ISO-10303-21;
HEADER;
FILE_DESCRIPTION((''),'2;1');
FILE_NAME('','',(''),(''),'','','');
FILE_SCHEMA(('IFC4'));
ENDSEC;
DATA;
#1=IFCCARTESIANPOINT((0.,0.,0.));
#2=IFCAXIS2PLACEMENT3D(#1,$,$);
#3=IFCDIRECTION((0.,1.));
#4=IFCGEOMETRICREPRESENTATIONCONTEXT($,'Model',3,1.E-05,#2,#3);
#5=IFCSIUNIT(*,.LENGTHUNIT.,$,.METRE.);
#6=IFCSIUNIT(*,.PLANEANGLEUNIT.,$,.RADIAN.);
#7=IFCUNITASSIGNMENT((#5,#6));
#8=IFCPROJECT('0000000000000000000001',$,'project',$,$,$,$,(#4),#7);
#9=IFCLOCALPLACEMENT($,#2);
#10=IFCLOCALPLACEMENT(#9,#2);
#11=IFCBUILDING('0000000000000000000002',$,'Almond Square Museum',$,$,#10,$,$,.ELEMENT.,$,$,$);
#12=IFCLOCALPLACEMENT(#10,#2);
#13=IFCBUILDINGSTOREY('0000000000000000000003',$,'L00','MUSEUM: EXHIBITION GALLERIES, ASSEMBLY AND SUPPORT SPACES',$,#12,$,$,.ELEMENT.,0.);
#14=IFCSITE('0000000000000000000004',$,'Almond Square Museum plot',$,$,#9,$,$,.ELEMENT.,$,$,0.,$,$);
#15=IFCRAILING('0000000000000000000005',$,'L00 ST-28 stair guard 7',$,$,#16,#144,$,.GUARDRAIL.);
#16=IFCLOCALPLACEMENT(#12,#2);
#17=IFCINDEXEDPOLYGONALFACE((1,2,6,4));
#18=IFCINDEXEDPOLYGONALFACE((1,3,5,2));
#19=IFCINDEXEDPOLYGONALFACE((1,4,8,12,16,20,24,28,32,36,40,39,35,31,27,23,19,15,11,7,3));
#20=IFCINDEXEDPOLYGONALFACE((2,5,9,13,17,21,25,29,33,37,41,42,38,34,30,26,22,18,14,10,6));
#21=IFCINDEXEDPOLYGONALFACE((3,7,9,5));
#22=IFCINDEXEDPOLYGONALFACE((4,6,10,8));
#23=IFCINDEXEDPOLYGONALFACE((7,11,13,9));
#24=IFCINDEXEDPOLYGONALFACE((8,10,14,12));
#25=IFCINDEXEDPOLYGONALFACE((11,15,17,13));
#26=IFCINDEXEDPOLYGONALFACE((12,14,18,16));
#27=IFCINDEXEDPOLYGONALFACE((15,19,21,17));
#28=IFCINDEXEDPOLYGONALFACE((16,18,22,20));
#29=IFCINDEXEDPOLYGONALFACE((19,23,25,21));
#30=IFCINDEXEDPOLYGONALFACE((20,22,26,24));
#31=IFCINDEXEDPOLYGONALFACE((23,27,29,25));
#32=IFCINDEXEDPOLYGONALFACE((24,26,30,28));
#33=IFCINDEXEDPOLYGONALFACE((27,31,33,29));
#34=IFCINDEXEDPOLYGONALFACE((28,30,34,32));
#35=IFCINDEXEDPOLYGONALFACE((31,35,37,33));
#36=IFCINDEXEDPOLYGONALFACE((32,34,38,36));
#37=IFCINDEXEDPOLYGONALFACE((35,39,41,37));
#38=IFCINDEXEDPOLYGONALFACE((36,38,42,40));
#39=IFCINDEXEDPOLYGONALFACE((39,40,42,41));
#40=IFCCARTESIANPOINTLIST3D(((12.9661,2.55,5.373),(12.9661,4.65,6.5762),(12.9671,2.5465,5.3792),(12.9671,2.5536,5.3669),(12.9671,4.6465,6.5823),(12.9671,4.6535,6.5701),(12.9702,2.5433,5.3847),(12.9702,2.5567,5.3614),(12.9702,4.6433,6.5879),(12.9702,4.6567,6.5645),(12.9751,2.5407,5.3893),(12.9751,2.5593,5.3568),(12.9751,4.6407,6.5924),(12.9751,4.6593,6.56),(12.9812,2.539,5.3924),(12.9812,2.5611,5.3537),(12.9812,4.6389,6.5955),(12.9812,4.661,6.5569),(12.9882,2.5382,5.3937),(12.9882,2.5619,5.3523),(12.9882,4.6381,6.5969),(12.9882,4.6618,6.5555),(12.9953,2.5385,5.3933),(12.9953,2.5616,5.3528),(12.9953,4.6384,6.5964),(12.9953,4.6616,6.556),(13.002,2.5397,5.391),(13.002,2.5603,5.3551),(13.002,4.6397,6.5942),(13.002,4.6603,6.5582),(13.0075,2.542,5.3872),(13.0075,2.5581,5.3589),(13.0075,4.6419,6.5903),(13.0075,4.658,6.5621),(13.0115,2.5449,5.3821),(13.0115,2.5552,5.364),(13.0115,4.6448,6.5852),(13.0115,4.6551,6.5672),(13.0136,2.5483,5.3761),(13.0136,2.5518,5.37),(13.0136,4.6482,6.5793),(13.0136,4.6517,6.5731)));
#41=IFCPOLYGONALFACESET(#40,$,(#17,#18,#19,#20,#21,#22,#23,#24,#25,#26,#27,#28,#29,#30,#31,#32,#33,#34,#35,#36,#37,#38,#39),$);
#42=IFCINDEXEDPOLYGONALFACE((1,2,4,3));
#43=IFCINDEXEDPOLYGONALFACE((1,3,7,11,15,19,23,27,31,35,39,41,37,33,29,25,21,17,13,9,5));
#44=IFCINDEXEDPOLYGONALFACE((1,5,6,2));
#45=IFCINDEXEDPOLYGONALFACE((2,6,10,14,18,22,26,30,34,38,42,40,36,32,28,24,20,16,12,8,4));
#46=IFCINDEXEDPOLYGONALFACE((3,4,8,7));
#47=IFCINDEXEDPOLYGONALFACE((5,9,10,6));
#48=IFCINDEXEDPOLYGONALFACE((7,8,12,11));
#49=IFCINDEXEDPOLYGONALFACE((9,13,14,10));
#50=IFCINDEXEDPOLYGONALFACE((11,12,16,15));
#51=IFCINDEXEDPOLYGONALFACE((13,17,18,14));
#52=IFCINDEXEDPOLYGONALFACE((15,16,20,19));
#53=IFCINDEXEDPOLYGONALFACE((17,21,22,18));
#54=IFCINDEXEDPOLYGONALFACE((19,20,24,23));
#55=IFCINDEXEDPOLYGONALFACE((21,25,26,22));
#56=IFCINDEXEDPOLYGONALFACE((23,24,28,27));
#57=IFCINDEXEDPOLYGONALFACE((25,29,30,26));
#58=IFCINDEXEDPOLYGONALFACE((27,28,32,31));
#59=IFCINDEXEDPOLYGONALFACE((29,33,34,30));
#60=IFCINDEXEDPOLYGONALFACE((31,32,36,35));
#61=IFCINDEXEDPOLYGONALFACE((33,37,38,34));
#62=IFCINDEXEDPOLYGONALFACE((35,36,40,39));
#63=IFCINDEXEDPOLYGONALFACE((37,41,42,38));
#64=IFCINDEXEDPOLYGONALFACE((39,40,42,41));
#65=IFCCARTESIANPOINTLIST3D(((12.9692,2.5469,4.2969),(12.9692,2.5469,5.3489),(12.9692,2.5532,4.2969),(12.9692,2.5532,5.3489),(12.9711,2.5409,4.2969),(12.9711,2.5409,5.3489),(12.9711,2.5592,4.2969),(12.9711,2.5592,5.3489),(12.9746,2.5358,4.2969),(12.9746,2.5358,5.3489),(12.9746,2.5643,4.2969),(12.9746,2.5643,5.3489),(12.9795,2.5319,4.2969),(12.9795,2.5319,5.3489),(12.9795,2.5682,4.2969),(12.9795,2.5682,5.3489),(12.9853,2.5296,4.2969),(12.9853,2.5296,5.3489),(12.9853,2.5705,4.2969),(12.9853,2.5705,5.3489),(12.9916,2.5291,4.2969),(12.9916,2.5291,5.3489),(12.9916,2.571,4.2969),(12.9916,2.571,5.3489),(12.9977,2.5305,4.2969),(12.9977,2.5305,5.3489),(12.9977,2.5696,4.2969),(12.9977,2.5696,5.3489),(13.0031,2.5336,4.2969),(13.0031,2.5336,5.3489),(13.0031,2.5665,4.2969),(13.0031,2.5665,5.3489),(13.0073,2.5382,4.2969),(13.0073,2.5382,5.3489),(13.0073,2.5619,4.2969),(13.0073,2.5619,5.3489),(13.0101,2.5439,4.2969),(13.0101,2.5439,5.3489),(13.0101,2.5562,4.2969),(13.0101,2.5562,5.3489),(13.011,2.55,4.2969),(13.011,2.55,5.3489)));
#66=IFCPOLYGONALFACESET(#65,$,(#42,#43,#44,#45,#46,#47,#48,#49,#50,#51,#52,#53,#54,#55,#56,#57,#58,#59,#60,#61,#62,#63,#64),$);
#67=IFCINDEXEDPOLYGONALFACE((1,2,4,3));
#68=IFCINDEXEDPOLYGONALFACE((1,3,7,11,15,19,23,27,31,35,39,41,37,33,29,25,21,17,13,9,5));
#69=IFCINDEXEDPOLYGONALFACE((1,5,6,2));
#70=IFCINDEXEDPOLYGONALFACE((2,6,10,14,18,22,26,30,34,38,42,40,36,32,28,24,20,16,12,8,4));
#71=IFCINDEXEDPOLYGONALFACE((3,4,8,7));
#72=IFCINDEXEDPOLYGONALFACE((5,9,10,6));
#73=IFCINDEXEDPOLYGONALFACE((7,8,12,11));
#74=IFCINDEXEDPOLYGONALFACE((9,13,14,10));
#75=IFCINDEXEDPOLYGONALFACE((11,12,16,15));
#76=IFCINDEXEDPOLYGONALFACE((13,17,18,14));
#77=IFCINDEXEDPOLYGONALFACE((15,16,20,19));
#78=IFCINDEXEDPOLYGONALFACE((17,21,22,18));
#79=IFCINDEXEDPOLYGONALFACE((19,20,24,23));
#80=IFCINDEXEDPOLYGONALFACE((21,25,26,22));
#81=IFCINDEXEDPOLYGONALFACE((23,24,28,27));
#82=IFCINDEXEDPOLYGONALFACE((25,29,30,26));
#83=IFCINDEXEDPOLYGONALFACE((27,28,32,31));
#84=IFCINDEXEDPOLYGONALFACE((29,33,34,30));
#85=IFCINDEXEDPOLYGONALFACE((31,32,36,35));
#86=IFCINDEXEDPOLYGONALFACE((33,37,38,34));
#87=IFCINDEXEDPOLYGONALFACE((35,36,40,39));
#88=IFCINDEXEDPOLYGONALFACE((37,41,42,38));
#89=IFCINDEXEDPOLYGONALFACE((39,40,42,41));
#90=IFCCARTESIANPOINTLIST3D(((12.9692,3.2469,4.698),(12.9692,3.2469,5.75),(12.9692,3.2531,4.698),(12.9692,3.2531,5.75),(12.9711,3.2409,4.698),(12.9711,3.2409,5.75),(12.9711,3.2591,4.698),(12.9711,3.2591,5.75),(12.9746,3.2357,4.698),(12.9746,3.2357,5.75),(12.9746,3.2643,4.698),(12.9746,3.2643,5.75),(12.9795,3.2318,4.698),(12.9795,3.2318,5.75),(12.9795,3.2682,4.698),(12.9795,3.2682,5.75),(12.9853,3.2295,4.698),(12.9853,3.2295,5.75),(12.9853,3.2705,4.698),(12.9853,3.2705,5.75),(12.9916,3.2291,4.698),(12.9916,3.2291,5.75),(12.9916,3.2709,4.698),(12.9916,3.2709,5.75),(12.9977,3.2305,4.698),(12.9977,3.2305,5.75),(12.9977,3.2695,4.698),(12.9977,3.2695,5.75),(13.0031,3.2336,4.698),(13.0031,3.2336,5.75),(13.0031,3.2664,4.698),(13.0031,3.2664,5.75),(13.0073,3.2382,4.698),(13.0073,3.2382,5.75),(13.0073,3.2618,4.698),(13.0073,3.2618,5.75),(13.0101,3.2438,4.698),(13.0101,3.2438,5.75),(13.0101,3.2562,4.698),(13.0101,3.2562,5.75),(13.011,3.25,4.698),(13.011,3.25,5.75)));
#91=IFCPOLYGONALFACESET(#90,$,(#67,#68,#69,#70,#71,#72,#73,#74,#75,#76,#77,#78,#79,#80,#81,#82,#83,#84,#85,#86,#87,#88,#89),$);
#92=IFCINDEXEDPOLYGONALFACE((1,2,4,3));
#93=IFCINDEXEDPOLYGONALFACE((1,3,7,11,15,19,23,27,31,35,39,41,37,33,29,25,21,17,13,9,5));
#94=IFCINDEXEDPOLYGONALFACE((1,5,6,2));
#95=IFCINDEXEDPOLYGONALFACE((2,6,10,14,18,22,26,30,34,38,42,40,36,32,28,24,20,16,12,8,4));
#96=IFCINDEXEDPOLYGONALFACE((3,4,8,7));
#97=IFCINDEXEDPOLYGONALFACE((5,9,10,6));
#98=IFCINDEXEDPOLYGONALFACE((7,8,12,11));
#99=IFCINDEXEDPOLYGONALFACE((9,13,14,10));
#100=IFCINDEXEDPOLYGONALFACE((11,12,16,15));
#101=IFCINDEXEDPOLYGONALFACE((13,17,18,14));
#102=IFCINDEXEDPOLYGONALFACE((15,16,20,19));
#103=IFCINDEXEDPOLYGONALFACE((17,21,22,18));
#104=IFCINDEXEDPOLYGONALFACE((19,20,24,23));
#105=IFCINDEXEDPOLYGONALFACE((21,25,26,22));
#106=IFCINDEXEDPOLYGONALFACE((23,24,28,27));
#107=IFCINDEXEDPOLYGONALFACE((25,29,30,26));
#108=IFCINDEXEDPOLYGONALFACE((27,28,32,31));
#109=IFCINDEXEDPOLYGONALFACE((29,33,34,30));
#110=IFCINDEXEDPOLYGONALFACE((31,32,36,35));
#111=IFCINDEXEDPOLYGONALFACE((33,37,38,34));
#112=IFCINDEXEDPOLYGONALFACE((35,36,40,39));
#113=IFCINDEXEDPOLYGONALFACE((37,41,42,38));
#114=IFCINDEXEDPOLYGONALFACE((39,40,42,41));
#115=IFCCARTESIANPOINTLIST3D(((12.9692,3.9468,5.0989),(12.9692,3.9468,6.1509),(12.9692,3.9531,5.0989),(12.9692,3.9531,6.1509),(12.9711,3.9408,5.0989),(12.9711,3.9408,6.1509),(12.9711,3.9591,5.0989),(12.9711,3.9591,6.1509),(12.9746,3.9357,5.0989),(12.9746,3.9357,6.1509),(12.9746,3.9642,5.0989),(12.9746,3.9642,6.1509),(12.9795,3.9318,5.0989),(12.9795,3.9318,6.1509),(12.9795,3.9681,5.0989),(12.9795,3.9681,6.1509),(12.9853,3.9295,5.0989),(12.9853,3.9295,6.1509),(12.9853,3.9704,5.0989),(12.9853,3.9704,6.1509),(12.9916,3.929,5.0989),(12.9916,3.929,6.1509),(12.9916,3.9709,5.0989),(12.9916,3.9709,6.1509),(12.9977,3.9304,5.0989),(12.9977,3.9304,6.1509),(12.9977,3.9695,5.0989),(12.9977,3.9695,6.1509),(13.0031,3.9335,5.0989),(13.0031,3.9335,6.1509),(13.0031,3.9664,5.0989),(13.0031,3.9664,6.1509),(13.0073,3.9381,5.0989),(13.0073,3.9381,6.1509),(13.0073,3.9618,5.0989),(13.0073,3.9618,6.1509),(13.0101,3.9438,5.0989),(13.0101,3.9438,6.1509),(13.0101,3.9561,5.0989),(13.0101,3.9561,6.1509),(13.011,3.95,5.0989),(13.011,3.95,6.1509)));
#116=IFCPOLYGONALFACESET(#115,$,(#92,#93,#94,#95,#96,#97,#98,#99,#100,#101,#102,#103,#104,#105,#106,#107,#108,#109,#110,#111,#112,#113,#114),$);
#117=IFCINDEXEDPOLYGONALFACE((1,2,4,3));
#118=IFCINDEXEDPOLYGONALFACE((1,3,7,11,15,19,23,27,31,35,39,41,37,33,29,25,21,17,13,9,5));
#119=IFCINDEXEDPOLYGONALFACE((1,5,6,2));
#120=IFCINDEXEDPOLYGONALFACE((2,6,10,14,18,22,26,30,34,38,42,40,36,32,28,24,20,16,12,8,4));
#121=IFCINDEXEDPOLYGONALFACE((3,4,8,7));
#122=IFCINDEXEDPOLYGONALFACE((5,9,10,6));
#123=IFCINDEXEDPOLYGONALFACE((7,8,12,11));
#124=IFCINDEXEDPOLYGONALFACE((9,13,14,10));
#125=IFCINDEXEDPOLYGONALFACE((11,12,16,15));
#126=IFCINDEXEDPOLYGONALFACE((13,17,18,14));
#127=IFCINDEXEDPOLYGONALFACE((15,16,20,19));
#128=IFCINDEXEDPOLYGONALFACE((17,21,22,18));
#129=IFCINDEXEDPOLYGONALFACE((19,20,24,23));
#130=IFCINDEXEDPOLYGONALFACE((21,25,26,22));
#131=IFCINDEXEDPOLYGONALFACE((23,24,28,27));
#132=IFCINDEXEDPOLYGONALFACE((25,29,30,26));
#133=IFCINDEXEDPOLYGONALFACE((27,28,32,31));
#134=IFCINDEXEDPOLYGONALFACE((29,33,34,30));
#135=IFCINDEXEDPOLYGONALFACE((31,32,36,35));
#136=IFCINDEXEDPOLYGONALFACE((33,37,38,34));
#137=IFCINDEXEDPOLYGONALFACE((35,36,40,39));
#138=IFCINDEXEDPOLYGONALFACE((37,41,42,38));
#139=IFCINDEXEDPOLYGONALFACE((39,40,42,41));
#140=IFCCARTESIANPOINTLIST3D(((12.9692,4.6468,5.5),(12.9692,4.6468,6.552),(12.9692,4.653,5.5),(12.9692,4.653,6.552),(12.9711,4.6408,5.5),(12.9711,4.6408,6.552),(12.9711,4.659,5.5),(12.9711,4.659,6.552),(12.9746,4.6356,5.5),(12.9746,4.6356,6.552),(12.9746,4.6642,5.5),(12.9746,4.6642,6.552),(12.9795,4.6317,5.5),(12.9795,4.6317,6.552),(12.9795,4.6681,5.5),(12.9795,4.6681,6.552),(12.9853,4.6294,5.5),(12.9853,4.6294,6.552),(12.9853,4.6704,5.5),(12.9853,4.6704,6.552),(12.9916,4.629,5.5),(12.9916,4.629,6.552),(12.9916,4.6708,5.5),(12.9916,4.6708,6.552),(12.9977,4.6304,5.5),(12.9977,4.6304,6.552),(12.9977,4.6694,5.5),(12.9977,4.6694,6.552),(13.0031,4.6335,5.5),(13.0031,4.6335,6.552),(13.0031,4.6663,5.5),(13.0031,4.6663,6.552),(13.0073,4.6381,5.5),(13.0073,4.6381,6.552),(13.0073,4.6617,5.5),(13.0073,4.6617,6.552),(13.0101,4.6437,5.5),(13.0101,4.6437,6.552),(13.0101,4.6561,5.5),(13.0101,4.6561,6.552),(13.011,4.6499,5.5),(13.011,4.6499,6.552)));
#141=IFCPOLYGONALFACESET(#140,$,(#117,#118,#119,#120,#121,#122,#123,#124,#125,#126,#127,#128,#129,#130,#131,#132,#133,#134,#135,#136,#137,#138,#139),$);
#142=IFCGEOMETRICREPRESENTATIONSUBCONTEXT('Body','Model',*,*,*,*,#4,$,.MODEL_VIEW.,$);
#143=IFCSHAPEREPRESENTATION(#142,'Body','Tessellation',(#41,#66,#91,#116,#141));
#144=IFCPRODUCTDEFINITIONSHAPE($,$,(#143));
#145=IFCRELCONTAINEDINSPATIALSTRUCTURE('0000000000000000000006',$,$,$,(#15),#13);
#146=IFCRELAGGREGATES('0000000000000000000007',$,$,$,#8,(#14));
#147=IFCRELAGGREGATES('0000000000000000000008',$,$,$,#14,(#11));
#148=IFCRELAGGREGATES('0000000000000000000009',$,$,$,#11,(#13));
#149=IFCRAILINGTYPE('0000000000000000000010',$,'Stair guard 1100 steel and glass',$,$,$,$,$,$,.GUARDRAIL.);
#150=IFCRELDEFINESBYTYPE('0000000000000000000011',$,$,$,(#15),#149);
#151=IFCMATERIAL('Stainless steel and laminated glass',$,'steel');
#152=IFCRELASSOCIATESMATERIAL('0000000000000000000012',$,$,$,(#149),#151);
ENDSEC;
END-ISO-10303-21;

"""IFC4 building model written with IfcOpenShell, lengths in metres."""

from ifc_helpers import new_model, si_unit, direction, frame, origin, origin_2d, place, context, subcontext, project, spatial, circle, extrude, material, type_object, element, save


model = new_model("IFC4")

# Units and contexts
model_context = context("Model", 3, precision=1e-05, world=origin(), true_north=direction((0.0, 1.0)))
body_context = subcontext(model_context, "Body", "Model", "MODEL_VIEW")
ifc_project = project(units=[si_unit("LENGTHUNIT", "METRE"), si_unit("PLANEANGLEUNIT", "RADIAN")], contexts=[model_context])

# Site, building, storey
site_placement = place(None, origin())
site = spatial("IfcSite", under=ifc_project, at=site_placement, Name="Almond Square Museum plot", CompositionType="ELEMENT", RefElevation=0.0)
building_placement = place(site_placement, origin())
building = spatial("IfcBuilding", under=site, at=building_placement, Name="Almond Square Museum", CompositionType="ELEMENT")
storey_placement = place(building_placement, origin())
storey = spatial("IfcBuildingStorey", under=building, at=storey_placement, Name="L00", Description="MUSEUM: EXHIBITION GALLERIES, ASSEMBLY AND SUPPORT SPACES", CompositionType="ELEMENT", Elevation=0.0)

# Railing
ifc_material_1 = material(Name="Stainless steel and laminated glass", Category="steel")
railing_type_1 = type_object("IfcRailingType", Name="Stair guard 1100 steel and glass", PredefinedType="GUARDRAIL", material=ifc_material_1)
railing_1_placement = place(storey_placement, frame((12.99, 2.55, 4.2969)))
element("IfcRailing", 1, at=railing_1_placement, inside=storey, type_object=railing_type_1, Name="L00 ST-28 stair guard 7", PredefinedType="GUARDRAIL", context=body_context, shape_type="SweptSolid", body=[
    extrude(circle(Radius=0.0239, at=origin_2d()), frame((0.0, 0.0, 1.0762), z_axis=(0.0, 0.867671, 0.497138), x_axis=(-1.0, 0.0, 0.0)), (0.0, 0.0, 1.0), 2.4202),
    extrude(circle(Radius=0.021, at=origin_2d()), origin(), (0.0, 0.0, 1.0), 1.052),
    extrude(circle(Radius=0.021, at=origin_2d()), frame((0.0, 0.7, 0.4011)), (0.0, 0.0, 1.0), 1.052),
    extrude(circle(Radius=0.021, at=origin_2d()), frame((0.0, 1.3999, 0.802)), (0.0, 0.0, 1.0), 1.052),
    extrude(circle(Radius=0.021, at=origin_2d()), frame((0.0, 2.0999, 1.2031)), (0.0, 0.0, 1.0), 1.052),
])

save(model, "model.ifc")
